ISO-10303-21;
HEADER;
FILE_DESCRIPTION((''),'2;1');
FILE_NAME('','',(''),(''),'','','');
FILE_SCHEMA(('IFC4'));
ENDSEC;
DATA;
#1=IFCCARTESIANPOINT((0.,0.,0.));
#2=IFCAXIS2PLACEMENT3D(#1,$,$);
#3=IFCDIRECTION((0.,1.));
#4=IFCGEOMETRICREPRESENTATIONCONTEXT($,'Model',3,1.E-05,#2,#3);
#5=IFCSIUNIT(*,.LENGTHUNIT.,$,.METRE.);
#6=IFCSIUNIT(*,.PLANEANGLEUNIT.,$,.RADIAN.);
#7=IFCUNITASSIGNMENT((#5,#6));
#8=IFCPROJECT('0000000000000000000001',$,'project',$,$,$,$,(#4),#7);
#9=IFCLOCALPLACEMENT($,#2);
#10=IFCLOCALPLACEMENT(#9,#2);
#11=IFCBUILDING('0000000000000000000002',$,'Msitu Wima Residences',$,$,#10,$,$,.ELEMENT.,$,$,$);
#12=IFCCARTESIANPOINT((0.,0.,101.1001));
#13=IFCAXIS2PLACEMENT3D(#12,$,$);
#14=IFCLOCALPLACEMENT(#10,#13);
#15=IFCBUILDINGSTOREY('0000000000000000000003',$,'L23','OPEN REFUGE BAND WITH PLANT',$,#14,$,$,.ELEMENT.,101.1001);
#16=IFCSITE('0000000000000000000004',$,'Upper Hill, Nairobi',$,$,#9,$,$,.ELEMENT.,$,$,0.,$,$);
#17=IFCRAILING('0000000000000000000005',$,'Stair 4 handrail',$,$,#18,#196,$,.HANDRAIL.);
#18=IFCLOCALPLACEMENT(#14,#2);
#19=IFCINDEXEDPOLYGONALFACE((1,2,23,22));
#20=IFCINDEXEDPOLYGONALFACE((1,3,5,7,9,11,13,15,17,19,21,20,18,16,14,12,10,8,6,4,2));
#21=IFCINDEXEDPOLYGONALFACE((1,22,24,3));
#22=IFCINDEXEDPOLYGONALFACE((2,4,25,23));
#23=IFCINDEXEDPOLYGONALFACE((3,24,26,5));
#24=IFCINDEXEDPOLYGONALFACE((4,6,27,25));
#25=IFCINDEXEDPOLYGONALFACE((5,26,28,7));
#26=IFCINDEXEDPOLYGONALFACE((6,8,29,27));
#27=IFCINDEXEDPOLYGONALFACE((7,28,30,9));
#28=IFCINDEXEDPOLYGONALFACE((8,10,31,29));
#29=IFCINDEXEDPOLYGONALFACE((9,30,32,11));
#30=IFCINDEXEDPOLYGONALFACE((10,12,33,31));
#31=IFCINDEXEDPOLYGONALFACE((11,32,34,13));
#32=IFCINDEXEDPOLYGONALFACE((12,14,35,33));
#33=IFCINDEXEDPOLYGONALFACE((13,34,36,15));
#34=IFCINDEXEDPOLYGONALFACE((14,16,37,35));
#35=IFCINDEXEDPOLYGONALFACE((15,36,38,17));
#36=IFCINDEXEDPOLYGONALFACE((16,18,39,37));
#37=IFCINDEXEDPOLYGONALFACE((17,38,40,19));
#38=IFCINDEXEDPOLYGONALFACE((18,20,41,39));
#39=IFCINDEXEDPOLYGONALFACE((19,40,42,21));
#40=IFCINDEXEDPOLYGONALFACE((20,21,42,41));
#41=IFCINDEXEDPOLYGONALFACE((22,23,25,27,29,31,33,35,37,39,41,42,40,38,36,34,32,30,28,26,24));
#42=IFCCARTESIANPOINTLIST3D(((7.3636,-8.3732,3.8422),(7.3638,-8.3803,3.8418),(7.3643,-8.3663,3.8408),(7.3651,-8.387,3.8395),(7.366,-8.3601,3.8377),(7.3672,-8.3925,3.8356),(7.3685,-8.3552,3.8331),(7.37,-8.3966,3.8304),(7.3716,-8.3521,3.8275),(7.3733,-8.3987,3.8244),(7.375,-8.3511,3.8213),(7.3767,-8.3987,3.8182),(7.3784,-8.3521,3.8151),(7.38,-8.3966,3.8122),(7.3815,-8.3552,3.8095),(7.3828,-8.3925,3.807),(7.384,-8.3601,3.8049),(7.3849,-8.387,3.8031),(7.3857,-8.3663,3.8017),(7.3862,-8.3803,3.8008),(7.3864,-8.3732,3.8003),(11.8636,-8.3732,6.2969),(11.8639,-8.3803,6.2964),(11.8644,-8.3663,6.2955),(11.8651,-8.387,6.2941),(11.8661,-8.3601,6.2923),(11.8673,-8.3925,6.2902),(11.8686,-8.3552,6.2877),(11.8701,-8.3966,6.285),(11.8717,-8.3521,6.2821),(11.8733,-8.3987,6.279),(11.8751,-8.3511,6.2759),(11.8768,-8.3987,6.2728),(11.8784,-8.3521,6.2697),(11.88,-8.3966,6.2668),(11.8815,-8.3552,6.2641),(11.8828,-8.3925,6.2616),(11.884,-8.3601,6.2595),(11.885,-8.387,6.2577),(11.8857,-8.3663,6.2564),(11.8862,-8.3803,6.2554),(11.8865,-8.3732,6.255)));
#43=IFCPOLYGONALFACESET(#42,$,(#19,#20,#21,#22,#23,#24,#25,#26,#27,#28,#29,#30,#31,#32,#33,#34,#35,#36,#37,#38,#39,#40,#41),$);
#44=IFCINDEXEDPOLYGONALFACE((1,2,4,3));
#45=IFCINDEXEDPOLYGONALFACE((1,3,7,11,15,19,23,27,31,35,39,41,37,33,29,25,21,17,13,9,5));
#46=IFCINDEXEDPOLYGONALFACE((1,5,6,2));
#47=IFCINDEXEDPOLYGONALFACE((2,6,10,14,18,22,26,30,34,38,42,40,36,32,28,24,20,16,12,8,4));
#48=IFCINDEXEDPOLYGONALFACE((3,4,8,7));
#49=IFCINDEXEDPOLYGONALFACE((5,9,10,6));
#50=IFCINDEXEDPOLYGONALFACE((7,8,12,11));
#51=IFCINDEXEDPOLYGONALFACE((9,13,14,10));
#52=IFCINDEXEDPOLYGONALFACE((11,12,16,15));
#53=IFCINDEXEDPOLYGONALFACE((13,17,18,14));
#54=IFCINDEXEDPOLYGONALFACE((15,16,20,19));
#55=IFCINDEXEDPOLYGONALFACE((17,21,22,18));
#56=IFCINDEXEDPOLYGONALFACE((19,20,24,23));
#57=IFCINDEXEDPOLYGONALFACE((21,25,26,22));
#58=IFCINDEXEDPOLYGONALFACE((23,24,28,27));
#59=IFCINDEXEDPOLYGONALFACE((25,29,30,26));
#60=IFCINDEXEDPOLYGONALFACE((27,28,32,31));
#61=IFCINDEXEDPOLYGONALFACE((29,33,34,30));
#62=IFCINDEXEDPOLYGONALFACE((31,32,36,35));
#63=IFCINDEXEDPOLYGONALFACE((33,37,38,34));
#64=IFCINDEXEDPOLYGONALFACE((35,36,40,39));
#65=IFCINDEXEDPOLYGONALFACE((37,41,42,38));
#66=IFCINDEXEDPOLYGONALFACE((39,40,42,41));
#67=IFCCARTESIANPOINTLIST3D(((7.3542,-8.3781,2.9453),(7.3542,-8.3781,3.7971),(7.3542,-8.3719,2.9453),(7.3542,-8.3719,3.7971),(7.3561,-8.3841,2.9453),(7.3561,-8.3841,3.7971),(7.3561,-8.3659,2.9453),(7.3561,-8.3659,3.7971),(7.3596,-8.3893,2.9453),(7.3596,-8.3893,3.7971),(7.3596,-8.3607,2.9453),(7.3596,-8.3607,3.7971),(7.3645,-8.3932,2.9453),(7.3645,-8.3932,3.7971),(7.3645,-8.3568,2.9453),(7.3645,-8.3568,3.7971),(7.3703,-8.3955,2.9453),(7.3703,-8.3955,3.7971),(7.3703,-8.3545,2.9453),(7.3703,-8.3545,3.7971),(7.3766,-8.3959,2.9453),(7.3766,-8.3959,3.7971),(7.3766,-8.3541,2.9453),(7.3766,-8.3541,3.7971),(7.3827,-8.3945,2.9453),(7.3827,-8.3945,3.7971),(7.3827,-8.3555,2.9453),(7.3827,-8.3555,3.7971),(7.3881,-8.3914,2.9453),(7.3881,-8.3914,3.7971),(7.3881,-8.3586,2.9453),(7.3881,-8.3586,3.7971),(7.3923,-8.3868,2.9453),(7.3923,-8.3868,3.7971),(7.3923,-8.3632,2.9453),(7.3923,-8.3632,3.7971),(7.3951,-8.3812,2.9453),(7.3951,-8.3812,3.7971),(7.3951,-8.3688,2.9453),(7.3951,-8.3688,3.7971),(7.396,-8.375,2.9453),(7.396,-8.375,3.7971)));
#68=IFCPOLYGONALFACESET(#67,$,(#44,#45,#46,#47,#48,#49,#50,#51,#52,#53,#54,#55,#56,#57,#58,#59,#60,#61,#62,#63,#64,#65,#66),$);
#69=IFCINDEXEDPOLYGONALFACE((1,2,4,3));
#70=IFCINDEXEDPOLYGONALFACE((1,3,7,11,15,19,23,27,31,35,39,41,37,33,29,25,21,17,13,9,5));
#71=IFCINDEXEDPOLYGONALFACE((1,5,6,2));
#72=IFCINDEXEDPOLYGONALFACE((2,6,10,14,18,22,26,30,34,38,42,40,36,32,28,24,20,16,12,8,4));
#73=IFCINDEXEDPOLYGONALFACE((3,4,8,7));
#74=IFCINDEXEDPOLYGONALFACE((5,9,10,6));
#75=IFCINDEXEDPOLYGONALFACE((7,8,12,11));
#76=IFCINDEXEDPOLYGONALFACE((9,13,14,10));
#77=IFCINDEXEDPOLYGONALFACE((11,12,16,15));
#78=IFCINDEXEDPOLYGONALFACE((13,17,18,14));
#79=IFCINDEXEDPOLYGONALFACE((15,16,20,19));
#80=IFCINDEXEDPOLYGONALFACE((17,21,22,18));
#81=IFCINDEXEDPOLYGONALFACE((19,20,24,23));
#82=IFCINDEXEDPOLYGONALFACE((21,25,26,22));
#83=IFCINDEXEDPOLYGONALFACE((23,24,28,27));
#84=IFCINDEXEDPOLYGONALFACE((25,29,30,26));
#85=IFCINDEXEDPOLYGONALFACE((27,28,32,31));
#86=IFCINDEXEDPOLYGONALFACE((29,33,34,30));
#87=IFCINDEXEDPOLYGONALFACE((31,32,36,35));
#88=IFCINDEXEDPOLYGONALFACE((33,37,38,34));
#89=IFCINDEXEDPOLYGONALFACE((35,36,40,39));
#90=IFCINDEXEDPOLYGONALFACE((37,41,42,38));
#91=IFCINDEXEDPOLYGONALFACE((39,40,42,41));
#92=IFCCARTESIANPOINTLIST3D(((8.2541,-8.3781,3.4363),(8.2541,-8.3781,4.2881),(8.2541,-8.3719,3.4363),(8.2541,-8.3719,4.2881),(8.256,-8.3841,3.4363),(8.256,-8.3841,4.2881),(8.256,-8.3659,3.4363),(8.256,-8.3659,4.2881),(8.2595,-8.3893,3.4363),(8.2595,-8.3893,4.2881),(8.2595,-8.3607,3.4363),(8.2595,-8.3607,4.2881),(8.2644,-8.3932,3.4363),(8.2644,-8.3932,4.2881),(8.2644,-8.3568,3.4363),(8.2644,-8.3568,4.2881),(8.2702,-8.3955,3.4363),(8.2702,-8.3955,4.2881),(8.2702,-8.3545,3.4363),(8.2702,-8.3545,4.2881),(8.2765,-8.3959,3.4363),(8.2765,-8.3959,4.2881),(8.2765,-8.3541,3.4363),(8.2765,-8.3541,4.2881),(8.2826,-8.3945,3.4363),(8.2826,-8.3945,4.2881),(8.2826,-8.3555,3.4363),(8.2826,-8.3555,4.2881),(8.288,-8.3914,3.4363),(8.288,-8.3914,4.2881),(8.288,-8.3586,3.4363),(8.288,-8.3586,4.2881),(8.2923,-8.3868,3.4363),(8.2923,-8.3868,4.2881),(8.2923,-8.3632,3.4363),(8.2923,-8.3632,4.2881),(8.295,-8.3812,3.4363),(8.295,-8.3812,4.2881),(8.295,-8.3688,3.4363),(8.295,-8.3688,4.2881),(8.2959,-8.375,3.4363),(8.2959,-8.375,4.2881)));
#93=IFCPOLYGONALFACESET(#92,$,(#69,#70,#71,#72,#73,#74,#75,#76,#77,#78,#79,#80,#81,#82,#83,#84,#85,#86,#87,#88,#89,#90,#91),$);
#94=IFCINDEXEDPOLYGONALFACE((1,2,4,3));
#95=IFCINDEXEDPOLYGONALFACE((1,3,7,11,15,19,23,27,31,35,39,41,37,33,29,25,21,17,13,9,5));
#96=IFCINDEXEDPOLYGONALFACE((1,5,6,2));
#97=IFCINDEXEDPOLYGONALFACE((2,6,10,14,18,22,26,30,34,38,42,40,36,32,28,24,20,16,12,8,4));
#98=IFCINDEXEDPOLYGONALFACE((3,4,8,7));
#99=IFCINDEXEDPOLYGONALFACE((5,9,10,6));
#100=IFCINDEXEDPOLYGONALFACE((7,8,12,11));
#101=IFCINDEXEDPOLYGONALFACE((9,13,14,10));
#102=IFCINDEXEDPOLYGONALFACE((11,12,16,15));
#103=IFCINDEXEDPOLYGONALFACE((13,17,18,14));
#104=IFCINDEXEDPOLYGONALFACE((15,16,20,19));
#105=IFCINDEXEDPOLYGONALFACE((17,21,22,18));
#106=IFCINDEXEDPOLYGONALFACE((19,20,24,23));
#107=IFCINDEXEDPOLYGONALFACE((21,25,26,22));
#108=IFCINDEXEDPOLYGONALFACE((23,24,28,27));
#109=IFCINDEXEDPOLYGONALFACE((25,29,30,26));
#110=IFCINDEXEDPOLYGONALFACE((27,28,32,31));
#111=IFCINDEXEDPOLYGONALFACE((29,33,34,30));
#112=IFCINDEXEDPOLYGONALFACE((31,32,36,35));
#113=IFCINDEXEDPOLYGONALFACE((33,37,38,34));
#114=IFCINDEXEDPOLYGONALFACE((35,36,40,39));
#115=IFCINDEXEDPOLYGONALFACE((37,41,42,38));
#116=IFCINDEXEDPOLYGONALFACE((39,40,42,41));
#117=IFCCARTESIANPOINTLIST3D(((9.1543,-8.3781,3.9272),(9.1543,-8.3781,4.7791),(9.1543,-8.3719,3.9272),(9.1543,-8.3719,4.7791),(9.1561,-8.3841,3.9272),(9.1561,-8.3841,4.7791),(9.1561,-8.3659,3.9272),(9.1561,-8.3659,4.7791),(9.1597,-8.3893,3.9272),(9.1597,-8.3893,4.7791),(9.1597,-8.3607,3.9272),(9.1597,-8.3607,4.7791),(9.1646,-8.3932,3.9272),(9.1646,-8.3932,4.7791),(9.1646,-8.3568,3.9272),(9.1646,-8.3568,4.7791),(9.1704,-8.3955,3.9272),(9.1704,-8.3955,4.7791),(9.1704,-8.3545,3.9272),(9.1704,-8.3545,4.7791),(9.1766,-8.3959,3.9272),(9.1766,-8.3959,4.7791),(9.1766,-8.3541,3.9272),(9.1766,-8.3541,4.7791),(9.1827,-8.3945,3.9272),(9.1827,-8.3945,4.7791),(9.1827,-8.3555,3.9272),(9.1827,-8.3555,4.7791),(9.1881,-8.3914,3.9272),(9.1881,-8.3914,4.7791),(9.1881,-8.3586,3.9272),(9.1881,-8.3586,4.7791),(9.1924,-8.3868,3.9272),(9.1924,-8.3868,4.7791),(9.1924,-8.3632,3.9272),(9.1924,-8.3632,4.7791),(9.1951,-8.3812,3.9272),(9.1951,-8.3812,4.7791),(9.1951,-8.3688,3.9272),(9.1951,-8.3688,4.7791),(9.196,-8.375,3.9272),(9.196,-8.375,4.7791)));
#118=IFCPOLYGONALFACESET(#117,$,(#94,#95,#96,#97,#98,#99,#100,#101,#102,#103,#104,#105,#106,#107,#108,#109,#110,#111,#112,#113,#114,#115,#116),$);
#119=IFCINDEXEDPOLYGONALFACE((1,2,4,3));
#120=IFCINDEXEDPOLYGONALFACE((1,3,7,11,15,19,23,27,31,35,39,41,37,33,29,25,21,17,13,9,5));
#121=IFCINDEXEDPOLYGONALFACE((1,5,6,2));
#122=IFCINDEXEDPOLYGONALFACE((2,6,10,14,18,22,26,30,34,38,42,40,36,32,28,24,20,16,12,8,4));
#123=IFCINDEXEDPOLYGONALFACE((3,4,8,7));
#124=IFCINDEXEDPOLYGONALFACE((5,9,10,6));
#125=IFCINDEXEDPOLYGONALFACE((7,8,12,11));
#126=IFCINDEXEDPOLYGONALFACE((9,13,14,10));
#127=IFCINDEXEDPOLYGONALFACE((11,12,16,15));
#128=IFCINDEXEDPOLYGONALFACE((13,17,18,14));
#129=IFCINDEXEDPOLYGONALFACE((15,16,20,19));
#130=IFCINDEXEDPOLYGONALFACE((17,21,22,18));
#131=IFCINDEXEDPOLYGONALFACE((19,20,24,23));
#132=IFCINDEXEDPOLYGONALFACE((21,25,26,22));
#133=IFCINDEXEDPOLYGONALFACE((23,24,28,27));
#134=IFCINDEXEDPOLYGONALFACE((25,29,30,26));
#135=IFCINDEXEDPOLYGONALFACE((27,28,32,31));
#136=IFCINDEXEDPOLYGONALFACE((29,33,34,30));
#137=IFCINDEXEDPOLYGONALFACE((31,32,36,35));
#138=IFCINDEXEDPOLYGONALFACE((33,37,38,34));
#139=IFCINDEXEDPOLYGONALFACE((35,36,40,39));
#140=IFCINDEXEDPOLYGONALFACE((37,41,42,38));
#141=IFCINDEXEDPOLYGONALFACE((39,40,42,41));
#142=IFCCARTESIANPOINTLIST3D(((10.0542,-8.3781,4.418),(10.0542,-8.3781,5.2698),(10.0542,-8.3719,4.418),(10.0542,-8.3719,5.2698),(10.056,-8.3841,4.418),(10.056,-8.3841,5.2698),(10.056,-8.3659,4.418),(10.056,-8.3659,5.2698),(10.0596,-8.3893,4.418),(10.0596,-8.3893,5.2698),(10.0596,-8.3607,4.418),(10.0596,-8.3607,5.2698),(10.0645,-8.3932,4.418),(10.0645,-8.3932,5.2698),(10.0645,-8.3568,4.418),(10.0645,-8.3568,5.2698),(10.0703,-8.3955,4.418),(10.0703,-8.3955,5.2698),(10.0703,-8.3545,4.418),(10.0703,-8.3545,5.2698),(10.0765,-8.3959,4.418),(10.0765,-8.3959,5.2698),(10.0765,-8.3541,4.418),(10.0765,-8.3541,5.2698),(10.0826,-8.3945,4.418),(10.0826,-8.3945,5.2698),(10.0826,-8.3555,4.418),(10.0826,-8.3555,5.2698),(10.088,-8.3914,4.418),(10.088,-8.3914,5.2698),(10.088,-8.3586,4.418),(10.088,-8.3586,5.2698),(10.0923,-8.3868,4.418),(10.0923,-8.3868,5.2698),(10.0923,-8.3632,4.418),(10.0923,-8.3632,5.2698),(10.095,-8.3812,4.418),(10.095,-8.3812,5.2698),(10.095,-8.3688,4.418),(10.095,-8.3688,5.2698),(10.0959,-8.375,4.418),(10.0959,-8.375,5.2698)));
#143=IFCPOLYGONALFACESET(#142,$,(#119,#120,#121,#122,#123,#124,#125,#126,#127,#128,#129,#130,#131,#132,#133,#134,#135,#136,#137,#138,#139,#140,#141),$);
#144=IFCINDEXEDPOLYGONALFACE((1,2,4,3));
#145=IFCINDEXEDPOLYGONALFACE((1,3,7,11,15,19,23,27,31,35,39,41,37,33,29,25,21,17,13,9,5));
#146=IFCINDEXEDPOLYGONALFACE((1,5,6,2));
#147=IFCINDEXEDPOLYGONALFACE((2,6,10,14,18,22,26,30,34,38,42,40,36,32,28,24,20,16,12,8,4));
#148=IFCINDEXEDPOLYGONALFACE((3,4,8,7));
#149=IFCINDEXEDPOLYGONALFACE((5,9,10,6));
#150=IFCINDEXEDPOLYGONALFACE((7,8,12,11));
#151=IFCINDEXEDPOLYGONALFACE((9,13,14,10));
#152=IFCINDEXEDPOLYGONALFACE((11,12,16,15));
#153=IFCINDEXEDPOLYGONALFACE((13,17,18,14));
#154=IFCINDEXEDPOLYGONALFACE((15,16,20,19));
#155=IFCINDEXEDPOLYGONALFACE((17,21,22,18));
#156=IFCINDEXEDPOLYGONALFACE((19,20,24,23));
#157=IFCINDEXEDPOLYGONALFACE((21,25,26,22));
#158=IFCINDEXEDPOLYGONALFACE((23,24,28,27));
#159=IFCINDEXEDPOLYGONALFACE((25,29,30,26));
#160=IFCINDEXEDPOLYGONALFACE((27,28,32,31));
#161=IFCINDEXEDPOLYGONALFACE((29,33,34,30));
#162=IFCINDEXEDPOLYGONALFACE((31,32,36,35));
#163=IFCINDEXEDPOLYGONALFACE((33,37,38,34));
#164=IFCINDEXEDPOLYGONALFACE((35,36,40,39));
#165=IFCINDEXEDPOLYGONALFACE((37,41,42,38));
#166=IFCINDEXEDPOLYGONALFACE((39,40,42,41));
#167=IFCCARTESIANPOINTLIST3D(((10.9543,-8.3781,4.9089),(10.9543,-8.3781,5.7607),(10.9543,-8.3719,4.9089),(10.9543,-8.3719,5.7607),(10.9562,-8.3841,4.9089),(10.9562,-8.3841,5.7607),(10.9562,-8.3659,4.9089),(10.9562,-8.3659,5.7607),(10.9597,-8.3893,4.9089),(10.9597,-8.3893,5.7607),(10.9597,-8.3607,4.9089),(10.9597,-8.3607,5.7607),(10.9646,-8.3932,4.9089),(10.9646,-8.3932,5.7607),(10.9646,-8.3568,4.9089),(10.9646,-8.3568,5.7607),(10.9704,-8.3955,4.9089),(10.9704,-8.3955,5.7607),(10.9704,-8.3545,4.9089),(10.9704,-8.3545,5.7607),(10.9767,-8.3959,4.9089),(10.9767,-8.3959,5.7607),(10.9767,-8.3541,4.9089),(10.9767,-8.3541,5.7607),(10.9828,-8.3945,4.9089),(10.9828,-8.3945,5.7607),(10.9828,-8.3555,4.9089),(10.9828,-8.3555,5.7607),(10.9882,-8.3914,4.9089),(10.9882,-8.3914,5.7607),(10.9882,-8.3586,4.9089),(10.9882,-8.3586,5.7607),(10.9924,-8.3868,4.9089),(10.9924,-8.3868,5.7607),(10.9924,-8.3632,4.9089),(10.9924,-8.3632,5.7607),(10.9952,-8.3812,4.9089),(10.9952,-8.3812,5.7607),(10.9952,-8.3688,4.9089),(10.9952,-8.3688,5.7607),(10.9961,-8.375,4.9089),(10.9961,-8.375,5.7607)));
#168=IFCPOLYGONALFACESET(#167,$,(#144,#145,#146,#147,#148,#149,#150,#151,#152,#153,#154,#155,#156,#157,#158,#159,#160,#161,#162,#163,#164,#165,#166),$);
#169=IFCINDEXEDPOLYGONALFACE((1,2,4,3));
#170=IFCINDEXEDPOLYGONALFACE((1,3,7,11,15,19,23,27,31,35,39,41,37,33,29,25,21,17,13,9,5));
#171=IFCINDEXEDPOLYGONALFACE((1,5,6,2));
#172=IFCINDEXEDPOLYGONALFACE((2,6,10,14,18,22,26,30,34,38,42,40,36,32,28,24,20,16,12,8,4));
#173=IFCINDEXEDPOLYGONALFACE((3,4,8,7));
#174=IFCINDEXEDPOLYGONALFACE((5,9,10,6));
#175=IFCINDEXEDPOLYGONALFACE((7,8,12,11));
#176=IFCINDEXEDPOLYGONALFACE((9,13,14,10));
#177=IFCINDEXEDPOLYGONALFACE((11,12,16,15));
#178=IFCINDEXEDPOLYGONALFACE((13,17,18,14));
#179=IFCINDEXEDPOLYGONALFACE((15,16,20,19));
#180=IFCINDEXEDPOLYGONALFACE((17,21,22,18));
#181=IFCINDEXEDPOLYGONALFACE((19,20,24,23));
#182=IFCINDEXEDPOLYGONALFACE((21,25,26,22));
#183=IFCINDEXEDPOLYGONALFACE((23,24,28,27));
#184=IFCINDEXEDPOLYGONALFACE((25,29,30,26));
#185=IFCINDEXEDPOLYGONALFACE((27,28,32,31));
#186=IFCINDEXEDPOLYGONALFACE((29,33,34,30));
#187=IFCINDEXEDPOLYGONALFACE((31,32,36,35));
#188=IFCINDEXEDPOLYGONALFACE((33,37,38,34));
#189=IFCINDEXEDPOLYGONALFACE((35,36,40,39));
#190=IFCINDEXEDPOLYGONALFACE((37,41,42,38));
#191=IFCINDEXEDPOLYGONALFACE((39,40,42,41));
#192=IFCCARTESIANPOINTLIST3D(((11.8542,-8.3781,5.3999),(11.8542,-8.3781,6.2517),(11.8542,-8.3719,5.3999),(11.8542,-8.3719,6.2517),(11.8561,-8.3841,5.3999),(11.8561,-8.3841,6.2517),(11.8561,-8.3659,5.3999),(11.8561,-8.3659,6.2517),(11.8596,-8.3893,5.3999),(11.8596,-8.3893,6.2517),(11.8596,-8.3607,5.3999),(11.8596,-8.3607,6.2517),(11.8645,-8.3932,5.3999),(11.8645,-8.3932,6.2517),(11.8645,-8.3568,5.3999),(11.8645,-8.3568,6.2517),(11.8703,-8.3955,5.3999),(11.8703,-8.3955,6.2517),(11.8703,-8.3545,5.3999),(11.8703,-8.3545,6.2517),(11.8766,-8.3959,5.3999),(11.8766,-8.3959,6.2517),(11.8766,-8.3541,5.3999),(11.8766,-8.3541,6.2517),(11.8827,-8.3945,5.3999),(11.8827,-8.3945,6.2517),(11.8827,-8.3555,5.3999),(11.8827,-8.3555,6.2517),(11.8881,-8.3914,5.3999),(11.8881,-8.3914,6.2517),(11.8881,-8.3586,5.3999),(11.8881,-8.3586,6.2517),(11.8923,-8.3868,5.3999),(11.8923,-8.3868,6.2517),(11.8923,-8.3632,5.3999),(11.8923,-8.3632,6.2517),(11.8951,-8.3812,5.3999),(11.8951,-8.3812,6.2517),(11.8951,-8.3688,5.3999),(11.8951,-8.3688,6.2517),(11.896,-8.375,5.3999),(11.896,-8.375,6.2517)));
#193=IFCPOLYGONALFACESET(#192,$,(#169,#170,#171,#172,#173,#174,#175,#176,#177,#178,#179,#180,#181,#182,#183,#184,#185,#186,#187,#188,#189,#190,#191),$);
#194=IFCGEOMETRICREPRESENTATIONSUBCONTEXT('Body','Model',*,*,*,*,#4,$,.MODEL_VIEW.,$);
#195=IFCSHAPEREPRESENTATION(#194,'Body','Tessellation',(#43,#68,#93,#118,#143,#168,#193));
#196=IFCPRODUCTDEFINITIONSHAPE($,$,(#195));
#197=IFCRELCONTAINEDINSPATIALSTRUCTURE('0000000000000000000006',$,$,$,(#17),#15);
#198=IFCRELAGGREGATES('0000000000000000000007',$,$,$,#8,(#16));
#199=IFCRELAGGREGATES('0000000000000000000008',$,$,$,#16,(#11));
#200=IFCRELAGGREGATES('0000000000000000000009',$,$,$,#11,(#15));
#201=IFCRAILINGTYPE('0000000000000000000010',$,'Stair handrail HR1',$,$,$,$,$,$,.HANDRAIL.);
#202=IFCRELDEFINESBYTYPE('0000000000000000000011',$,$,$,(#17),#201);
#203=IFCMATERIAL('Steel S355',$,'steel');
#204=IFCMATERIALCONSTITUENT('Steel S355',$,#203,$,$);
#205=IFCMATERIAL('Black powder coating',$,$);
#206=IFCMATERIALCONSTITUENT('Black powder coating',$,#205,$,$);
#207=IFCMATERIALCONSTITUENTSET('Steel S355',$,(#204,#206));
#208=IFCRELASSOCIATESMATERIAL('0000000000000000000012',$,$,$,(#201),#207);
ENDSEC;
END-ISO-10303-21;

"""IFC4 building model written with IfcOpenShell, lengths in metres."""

from ifc_helpers import new_model, si_unit, direction, frame, origin, origin_2d, place, context, subcontext, project, spatial, circle, extrude, material, constituent, constituent_set, type_object, element, save


model = new_model("IFC4")

# Units and contexts
model_context = context("Model", 3, precision=1e-05, world=origin(), true_north=direction((0.0, 1.0)))
body_context = subcontext(model_context, "Body", "Model", "MODEL_VIEW")
ifc_project = project(units=[si_unit("LENGTHUNIT", "METRE"), si_unit("PLANEANGLEUNIT", "RADIAN")], contexts=[model_context])

# Site, building, storey
site_placement = place(None, origin())
site = spatial("IfcSite", under=ifc_project, at=site_placement, Name="Upper Hill, Nairobi", CompositionType="ELEMENT", RefElevation=0.0)
building_placement = place(site_placement, origin())
building = spatial("IfcBuilding", under=site, at=building_placement, Name="Msitu Wima Residences", CompositionType="ELEMENT")
storey_placement = place(building_placement, frame((0.0, 0.0, 101.1001)))
storey = spatial("IfcBuildingStorey", under=building, at=storey_placement, Name="L23", Description="OPEN REFUGE BAND WITH PLANT", CompositionType="ELEMENT", Elevation=101.1001)

# Railing
ifc_material_1 = material(Name="Steel S355", Category="steel")
ifc_constituent_1 = constituent(ifc_material_1, Name="Steel S355")
ifc_material_2 = material(Name="Black powder coating")
ifc_constituent_2 = constituent(ifc_material_2, Name="Black powder coating")
ifc_constituent_set_1 = constituent_set(constituents=[ifc_constituent_1, ifc_constituent_2], Name="Steel S355")
railing_type_1 = type_object("IfcRailingType", Name="Stair handrail HR1", PredefinedType="HANDRAIL", material=ifc_constituent_set_1)
for number, where, name in (
    (1, (7.375, -8.375, 2.9453), "Stair 4 handrail"),
):
    element("IfcRailing", number, at=place(storey_placement, frame(where)), inside=storey, type_object=railing_type_1, Name=name, PredefinedType="HANDRAIL", context=body_context, shape_type="SweptSolid", body=[
        extrude(circle(Radius=0.0239, at=origin_2d()), frame((0.0, 0.0, 0.876), z_axis=(0.877892, 0.0, 0.478859), x_axis=(0.0, 1.0, 0.0)), (0.0, 0.0, 1.0), 5.126),
        extrude(circle(Radius=0.021, at=origin_2d()), origin(), (0.0, 0.0, 1.0), 0.8518),
        extrude(circle(Radius=0.021, at=origin_2d()), frame((0.8999, 0.0, 0.491)), (0.0, 0.0, 1.0), 0.8518),
        extrude(circle(Radius=0.021, at=origin_2d()), frame((1.8, 0.0, 0.9819)), (0.0, 0.0, 1.0), 0.8518),
        extrude(circle(Radius=0.021, at=origin_2d()), frame((2.7, 0.0, 1.4727)), (0.0, 0.0, 1.0), 0.8518),
        extrude(circle(Radius=0.021, at=origin_2d()), frame((3.6001, 0.0, 1.9636)), (0.0, 0.0, 1.0), 0.8518),
        extrude(circle(Radius=0.021, at=origin_2d()), frame((4.5, 0.0, 2.4546)), (0.0, 0.0, 1.0), 0.8518),
    ])

save(model, "model.ifc")
